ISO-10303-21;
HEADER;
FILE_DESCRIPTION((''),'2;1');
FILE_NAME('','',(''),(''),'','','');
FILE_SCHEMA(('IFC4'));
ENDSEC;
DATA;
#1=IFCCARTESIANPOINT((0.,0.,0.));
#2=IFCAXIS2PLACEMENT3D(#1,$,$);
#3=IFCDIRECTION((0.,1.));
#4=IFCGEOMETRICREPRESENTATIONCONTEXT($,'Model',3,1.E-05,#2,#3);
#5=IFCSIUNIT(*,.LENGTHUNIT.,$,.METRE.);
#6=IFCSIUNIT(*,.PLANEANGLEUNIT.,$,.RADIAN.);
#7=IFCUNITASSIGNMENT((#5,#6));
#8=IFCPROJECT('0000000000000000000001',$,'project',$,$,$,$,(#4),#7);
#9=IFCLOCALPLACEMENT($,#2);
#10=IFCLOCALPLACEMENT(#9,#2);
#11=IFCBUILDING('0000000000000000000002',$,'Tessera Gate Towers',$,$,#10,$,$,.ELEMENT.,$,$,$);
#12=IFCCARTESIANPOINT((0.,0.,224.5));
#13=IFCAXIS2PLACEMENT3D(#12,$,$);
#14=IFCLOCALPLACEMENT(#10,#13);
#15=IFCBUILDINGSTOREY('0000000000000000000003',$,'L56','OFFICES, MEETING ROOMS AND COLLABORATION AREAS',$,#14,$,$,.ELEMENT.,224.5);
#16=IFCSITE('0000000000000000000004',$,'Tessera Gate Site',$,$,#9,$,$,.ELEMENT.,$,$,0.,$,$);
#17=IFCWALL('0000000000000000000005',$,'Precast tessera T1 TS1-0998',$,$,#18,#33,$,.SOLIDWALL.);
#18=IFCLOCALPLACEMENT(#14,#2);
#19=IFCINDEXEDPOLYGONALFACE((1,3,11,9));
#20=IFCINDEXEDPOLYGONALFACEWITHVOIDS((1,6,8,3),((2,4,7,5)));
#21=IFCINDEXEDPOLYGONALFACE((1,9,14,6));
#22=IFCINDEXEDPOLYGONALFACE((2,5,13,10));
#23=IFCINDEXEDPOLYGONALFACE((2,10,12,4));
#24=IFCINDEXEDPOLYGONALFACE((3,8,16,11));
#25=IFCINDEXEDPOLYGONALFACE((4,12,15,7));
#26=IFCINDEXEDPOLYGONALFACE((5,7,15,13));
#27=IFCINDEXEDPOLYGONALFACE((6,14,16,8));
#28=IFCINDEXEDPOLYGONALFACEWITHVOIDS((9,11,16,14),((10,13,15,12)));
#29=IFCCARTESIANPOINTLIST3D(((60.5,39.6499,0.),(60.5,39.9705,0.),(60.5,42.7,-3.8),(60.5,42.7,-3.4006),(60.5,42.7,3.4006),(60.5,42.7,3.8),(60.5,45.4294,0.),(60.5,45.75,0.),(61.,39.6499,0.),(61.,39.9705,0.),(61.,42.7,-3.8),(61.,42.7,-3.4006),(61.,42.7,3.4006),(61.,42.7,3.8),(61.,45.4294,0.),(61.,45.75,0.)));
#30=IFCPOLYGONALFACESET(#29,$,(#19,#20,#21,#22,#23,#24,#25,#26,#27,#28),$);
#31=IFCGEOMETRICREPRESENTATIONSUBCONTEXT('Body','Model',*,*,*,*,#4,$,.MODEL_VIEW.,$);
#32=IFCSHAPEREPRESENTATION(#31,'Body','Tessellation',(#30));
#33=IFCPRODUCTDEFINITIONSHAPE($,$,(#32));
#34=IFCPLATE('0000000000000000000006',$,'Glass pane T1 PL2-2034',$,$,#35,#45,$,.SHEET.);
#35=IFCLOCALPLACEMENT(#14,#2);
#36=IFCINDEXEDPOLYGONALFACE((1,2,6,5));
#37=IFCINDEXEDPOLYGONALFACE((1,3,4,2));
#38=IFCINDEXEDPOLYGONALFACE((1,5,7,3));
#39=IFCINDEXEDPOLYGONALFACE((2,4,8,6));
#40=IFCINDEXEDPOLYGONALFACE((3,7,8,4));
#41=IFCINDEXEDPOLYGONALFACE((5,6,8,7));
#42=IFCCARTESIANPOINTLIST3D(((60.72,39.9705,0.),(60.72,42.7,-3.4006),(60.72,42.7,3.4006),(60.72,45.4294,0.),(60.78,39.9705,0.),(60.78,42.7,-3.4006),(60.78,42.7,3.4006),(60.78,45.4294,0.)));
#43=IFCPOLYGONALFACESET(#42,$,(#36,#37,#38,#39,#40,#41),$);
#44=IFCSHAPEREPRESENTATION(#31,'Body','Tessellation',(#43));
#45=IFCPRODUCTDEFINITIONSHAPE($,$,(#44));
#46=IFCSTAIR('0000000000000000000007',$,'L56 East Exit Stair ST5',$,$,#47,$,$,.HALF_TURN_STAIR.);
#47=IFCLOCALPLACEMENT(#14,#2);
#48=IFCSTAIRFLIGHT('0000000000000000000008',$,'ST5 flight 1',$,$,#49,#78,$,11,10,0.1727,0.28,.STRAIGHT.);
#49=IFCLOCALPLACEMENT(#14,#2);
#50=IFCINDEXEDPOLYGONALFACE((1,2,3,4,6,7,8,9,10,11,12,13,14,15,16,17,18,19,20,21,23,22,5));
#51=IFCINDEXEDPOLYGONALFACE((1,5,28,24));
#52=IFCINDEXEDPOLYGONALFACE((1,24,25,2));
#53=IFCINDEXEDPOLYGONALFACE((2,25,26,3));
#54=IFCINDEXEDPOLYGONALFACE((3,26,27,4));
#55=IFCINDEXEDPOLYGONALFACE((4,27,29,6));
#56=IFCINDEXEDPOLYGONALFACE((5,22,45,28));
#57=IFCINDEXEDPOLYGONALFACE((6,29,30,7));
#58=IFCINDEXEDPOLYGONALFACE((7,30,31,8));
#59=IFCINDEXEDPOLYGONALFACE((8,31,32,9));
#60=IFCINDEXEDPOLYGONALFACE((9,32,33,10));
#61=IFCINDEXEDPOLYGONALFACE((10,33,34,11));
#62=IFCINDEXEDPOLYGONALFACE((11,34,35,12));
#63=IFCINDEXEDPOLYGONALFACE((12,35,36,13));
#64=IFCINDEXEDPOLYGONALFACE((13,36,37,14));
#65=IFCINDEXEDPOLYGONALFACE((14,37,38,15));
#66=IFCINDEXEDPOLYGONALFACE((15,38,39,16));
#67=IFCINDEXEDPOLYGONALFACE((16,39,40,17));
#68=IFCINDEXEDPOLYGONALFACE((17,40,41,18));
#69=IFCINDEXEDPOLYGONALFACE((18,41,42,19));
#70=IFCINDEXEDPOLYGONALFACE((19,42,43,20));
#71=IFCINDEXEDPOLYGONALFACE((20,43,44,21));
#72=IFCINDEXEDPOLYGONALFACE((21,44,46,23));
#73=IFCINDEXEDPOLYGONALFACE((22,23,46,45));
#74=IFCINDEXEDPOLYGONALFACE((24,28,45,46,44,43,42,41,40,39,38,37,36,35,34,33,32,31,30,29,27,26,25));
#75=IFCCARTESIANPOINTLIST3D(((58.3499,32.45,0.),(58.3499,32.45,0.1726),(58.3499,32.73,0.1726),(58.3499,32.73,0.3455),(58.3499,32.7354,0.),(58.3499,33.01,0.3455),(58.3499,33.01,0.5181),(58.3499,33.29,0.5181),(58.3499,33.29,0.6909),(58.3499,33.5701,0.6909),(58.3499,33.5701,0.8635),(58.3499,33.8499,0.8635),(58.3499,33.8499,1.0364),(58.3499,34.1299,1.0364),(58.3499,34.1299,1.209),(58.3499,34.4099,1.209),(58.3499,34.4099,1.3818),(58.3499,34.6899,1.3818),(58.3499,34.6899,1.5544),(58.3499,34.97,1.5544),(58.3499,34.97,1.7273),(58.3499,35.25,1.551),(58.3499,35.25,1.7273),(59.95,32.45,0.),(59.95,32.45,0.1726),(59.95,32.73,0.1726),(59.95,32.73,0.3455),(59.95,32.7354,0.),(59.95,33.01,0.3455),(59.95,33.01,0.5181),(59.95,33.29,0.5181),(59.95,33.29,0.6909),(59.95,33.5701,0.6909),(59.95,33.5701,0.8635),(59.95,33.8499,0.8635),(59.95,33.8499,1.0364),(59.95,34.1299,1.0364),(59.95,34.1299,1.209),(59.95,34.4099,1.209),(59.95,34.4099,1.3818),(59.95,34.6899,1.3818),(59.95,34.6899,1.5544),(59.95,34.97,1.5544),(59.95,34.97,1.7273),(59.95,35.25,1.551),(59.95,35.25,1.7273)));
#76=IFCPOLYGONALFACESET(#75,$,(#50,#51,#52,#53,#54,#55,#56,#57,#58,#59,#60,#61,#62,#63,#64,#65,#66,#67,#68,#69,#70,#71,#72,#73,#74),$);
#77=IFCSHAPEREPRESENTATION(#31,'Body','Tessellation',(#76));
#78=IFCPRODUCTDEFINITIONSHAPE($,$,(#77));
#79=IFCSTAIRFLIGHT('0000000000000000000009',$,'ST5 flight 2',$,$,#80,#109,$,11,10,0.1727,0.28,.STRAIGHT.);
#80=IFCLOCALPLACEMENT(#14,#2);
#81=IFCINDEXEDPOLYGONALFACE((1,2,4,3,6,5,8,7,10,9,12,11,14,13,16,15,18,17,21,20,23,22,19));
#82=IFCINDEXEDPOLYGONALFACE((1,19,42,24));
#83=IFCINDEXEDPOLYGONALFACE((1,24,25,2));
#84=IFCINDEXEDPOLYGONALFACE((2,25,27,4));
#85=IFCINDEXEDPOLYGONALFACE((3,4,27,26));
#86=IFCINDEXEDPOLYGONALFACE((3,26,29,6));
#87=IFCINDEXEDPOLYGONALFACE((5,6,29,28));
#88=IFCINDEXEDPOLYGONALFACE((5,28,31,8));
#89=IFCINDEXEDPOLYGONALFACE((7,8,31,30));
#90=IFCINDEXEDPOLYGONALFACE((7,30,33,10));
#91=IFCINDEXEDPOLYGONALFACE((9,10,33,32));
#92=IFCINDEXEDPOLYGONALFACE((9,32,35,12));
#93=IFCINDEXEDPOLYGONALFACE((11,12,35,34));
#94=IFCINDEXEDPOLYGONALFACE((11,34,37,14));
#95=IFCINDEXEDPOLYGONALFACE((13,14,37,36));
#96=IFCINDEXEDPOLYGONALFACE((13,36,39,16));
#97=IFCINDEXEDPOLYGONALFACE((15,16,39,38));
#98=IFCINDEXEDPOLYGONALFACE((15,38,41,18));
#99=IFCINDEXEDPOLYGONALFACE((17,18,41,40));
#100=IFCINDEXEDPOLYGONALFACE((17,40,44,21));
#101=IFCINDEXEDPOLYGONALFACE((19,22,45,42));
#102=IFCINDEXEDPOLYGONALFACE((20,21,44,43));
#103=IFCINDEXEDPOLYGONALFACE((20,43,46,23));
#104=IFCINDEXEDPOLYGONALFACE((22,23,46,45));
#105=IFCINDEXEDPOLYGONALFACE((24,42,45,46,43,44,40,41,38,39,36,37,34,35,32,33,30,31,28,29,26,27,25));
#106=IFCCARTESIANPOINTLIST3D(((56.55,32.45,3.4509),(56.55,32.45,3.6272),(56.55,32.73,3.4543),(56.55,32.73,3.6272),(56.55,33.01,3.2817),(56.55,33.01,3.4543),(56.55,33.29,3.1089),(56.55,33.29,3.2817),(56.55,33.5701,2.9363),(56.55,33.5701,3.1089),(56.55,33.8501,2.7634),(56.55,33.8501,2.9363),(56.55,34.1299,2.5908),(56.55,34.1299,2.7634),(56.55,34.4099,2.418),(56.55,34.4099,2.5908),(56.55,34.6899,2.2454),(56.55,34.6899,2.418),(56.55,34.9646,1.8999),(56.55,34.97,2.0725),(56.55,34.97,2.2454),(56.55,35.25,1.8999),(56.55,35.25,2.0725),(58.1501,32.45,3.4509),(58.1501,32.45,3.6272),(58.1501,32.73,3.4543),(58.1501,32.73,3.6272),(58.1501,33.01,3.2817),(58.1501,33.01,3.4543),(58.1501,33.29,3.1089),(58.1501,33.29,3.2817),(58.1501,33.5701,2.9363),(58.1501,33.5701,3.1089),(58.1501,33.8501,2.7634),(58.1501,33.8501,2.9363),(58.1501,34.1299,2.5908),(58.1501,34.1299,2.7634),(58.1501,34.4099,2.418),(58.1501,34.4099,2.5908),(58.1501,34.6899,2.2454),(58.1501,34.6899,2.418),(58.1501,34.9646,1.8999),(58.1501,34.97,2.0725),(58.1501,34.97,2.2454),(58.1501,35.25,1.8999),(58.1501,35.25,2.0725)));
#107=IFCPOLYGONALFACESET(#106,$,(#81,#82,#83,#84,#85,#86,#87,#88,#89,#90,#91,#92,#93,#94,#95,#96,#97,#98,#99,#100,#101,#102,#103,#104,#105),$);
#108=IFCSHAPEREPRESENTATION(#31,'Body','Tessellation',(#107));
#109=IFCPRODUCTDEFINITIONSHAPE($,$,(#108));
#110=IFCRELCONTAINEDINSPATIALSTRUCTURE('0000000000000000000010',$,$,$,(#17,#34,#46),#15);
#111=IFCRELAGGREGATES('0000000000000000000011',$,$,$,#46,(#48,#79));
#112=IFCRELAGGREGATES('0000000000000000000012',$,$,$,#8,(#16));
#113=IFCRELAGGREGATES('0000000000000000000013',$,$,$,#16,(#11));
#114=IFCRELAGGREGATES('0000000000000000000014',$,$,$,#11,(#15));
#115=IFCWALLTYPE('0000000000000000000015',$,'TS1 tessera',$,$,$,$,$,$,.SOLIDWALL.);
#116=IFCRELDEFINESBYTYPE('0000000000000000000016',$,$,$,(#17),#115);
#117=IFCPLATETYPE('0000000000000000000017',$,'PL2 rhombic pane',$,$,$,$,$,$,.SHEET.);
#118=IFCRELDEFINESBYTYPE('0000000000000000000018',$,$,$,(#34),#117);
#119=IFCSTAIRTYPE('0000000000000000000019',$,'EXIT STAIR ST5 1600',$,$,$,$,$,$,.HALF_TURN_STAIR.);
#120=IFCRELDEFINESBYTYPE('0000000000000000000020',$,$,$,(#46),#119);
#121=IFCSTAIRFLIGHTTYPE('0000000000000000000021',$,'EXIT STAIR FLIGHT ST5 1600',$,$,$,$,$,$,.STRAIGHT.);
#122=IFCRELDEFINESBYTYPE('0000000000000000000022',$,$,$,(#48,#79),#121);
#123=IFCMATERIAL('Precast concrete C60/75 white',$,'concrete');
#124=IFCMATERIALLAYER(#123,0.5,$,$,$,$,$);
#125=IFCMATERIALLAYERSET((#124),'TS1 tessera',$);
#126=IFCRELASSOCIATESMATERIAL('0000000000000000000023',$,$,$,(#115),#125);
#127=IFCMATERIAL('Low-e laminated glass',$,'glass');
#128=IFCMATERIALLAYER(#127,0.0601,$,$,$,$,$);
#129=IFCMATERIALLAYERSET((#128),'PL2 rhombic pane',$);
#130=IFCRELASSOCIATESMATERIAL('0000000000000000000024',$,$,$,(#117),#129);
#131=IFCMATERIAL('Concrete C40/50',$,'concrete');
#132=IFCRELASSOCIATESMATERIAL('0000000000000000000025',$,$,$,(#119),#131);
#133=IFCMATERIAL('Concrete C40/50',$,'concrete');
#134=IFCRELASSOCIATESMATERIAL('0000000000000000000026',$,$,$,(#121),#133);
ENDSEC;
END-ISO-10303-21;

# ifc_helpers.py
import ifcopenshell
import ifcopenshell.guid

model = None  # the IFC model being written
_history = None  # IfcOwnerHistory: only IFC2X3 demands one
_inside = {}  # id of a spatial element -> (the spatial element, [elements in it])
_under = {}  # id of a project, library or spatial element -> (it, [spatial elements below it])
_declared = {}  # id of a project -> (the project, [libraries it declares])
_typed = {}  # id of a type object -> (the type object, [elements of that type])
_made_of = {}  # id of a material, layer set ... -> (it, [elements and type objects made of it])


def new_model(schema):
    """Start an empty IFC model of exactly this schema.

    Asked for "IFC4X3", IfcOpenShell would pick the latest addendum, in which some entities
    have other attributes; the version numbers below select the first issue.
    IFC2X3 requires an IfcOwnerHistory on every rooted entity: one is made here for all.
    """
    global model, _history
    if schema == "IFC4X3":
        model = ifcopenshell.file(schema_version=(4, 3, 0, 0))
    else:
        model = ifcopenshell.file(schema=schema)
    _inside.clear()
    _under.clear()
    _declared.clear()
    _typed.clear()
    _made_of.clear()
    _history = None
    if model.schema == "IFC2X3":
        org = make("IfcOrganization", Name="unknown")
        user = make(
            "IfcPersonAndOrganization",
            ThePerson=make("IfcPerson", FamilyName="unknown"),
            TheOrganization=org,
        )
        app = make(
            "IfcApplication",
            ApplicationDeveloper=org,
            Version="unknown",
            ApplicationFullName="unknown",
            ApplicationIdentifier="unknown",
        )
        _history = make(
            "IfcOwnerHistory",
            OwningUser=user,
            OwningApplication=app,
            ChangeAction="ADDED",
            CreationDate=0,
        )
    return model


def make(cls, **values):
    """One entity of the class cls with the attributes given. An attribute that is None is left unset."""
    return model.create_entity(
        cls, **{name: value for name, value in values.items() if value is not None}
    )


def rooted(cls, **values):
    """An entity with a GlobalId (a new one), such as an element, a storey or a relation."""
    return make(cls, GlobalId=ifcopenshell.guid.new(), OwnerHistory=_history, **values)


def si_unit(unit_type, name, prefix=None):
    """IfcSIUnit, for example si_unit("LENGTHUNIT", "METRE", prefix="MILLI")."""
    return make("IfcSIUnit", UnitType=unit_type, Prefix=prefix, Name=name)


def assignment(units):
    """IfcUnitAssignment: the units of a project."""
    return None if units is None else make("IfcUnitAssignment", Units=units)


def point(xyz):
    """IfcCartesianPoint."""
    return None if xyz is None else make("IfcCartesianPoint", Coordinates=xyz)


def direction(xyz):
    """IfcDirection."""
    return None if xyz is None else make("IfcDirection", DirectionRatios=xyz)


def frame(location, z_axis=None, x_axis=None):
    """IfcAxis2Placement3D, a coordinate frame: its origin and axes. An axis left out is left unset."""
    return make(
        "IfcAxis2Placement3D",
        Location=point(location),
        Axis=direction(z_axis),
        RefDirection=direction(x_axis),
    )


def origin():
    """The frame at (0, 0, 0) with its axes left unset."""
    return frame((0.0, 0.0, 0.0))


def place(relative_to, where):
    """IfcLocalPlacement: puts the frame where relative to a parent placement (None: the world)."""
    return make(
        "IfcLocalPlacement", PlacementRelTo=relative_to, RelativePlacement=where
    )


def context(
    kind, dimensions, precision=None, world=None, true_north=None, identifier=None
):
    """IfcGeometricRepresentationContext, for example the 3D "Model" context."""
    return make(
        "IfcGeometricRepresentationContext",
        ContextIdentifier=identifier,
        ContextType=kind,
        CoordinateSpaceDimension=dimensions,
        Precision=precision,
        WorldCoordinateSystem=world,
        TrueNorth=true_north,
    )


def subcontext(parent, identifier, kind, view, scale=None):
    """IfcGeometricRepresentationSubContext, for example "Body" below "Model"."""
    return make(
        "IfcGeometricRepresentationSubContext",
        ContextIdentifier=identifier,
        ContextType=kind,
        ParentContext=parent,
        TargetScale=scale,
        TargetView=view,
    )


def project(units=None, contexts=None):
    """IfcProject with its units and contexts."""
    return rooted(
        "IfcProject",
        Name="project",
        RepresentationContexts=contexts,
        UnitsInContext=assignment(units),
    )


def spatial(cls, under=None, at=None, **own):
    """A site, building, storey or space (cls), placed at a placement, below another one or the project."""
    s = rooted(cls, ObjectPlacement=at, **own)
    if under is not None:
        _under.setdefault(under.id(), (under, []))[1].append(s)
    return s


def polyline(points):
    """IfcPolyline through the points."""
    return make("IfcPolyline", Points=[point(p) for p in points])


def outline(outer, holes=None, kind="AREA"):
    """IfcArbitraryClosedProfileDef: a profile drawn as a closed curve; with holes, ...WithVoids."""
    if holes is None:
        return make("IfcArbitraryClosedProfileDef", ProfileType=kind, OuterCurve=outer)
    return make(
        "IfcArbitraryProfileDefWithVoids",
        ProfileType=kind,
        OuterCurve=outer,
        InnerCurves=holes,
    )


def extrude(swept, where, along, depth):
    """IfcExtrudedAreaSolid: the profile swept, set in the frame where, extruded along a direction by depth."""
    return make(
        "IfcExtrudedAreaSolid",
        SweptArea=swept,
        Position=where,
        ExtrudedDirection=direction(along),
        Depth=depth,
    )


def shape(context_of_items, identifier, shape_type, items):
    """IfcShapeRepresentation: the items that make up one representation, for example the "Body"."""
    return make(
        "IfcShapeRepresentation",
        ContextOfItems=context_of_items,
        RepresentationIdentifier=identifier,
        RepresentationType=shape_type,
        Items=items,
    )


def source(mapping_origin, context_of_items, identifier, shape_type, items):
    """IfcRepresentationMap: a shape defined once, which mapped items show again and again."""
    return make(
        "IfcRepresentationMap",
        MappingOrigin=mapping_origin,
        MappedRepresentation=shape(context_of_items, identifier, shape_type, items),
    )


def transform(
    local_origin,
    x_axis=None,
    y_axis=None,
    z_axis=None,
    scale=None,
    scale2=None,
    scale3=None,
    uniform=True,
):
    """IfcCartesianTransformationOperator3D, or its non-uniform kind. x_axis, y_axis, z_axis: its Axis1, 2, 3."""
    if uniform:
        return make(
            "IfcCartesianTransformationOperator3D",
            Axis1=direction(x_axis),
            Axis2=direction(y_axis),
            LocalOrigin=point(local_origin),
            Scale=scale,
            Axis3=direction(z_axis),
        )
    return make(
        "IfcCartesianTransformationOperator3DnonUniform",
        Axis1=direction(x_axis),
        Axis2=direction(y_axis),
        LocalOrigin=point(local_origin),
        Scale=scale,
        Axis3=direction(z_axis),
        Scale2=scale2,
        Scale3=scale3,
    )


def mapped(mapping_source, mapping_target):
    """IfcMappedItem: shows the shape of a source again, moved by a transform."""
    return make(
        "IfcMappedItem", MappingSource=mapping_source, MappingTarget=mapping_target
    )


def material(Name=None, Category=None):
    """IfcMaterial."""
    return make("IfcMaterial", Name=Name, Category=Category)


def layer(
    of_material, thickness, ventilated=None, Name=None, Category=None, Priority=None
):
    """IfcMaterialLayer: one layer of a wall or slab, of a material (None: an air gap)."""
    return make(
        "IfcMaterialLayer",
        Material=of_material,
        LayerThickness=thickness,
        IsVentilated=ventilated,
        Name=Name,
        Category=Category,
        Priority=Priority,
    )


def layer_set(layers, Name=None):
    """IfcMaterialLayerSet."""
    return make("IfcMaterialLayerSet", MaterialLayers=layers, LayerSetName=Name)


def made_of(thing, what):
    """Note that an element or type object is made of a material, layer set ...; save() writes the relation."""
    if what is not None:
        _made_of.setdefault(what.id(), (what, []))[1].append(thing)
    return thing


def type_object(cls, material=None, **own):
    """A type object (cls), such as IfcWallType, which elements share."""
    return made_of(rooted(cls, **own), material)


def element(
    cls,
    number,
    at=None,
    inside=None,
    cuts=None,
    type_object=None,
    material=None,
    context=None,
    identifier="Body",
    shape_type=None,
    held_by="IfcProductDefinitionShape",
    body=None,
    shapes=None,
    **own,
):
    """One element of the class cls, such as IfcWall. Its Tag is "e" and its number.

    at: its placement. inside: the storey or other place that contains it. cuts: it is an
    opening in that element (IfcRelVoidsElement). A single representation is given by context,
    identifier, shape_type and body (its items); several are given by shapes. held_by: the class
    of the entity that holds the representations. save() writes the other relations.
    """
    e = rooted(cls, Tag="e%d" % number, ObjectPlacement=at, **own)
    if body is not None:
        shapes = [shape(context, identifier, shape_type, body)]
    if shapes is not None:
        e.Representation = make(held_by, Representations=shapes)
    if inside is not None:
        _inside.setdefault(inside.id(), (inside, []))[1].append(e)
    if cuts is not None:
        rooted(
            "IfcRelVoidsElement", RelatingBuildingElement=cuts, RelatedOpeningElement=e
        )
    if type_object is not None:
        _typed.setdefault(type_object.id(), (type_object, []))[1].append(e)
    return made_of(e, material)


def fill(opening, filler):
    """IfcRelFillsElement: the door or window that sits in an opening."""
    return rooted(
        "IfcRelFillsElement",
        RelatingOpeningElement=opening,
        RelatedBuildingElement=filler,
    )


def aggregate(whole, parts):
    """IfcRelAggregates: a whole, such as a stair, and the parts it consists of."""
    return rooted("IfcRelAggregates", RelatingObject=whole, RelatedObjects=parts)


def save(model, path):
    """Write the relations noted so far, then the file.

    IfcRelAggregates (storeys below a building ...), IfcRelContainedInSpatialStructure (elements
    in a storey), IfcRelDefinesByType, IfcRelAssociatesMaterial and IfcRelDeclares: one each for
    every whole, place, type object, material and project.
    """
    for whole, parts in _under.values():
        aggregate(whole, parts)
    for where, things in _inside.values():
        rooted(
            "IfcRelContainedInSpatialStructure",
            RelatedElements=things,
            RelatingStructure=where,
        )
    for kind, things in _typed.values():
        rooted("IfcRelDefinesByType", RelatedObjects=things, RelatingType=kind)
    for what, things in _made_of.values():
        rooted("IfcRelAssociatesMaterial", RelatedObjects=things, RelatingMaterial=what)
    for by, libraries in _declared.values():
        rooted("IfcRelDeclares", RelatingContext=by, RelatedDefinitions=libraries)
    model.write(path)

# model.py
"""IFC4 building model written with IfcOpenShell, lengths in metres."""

from ifc_helpers import new_model, si_unit, direction, frame, origin, place, context, subcontext, project, spatial, polyline, outline, extrude, source, transform, mapped, material, layer, layer_set, type_object, element, fill, aggregate, save


model = new_model("IFC4")

# Units and contexts
model_context = context("Model", 3, precision=1e-05, world=origin(), true_north=direction((0.0, 1.0)))
body_context = subcontext(model_context, "Body", "Model", "MODEL_VIEW")
ifc_project = project(units=[si_unit("LENGTHUNIT", "METRE"), si_unit("PLANEANGLEUNIT", "RADIAN")], contexts=[model_context])

# Site, building, storey
site_placement = place(None, origin())
site = spatial("IfcSite", under=ifc_project, at=site_placement, Name="Tessera Gate Site", CompositionType="ELEMENT", RefElevation=0.0)
building_placement = place(site_placement, origin())
building = spatial("IfcBuilding", under=site, at=building_placement, Name="Tessera Gate Towers", CompositionType="ELEMENT")
storey_placement = place(building_placement, frame((0.0, 0.0, 224.5)))
storey = spatial("IfcBuildingStorey", under=building, at=storey_placement, Name="L56", Description="OFFICES, MEETING ROOMS AND COLLABORATION AREAS", CompositionType="ELEMENT", Elevation=224.5)

# Wall, opening, plate
ifc_material_1 = material(Name="Precast concrete C60/75 white", Category="concrete")
ifc_layer_1 = layer(ifc_material_1, 0.5)
ifc_layer_set_1 = layer_set([ifc_layer_1], Name="TS1 tessera")
wall_type_1 = type_object("IfcWallType", Name="TS1 tessera", PredefinedType="SOLIDWALL", material=ifc_layer_set_1)
shared_shape_1 = source(origin(), body_context, "Body", "SweptSolid", [
    extrude(outline(polyline([(3.05, 0.0), (6.1001, 3.8), (3.05, 7.6001), (0.0, 3.8), (3.05, 0.0)])), frame((0.0, 0.25, 0.0), z_axis=(0.0, -1.0, 0.0), x_axis=(1.0, 0.0, 0.0)), (0.0, 0.0, 1.0), 0.5),
])
wall_1_placement = place(storey_placement, frame((60.75, 39.6499, -3.8), z_axis=(0.0, 0.0, 1.0), x_axis=(0.0, 1.0, 0.0)))
wall_1 = element("IfcWall", 1, at=wall_1_placement, inside=storey, type_object=wall_type_1, Name="Precast tessera T1 TS1-0998", PredefinedType="SOLIDWALL", context=body_context, shape_type="MappedRepresentation", body=[
    mapped(shared_shape_1, transform((0.0, 0.0, 0.0), scale=1.0)),
])
shared_shape_2 = source(origin(), body_context, "Body", "SweptSolid", [
    extrude(outline(polyline([(3.05, 0.3994), (5.7795, 3.8), (3.05, 7.2007), (0.3206, 3.8), (3.05, 0.3994)])), frame((0.0, 0.26, 0.0), z_axis=(0.0, -1.0, 0.0), x_axis=(1.0, 0.0, 0.0)), (0.0, 0.0, 1.0), 0.52),
])
opening_1_placement = place(wall_1_placement, origin())
opening_1 = element("IfcOpeningElement", 2, at=opening_1_placement, cuts=wall_1, PredefinedType="OPENING", context=body_context, shape_type="MappedRepresentation", body=[
    mapped(shared_shape_2, transform((0.0, 0.0, 0.0), scale=1.0)),
])
ifc_material_2 = material(Name="Low-e laminated glass", Category="glass")
ifc_layer_2 = layer(ifc_material_2, 0.0601)
ifc_layer_set_2 = layer_set([ifc_layer_2], Name="PL2 rhombic pane")
plate_type = type_object("IfcPlateType", Name="PL2 rhombic pane", PredefinedType="SHEET", material=ifc_layer_set_2)
shared_shape_3 = source(origin(), body_context, "Body", "SweptSolid", [
    extrude(outline(polyline([(3.05, 0.3994), (5.7795, 3.8), (3.05, 7.2007), (0.3206, 3.8), (3.05, 0.3994)])), frame((0.0, 0.03, 0.0), z_axis=(0.0, -1.0, 0.0), x_axis=(1.0, 0.0, 0.0)), (0.0, 0.0, 1.0), 0.0601),
])
plate_placement = place(opening_1_placement, origin())
plate = element("IfcPlate", 3, at=plate_placement, inside=storey, type_object=plate_type, Name="Glass pane T1 PL2-2034", PredefinedType="SHEET", context=body_context, shape_type="MappedRepresentation", body=[
    mapped(shared_shape_3, transform((0.0, 0.0, 0.0), scale=1.0)),
])
fill(opening_1, plate)

# Stair, stair flights
ifc_material_3 = material(Name="Concrete C40/50", Category="concrete")
stair_type = type_object("IfcStairType", Name="EXIT STAIR ST5 1600", PredefinedType="HALF_TURN_STAIR", material=ifc_material_3)
stair_placement = place(storey_placement, origin())
stair = element("IfcStair", 4, at=stair_placement, inside=storey, type_object=stair_type, Name="L56 East Exit Stair ST5", PredefinedType="HALF_TURN_STAIR")
ifc_material_4 = material(Name="Concrete C40/50", Category="concrete")
stair_flight_type = type_object("IfcStairFlightType", Name="EXIT STAIR FLIGHT ST5 1600", PredefinedType="STRAIGHT", material=ifc_material_4)
stair_flight_1_placement = place(storey_placement, frame((59.1499, 32.45, 0.0), z_axis=(0.0, 0.0, 1.0), x_axis=(0.0, 1.0, 0.0)))
stair_flight_1 = element("IfcStairFlight", 5, at=stair_flight_1_placement, type_object=stair_flight_type, Name="ST5 flight 1", NumberOfRisers=11, NumberOfTreads=10, PredefinedType="STRAIGHT", RiserHeight=0.1727, TreadLength=0.28, context=body_context, shape_type="SweptSolid", body=[
    extrude(outline(polyline([(0.0, 0.0), (0.0, 0.1726), (0.28, 0.1726), (0.28, 0.3455), (0.5601, 0.3455), (0.5601, 0.5181), (0.8401, 0.5181), (0.8401, 0.6909), (1.1201, 0.6909), (1.1201, 0.8635), (1.3999, 0.8635), (1.3999, 1.0364), (1.6799, 1.0364), (1.6799, 1.209), (1.96, 1.209), (1.96, 1.3818), (2.24, 1.3818), (2.24, 1.5544), (2.52, 1.5544), (2.52, 1.7273), (2.8, 1.7273), (2.8, 1.8999), (2.8, 1.551), (0.2854, 0.0), (0.0, 0.0)])), frame((0.0, 0.8, 0.0), z_axis=(0.0, -1.0, 0.0), x_axis=(1.0, 0.0, 0.0)), (0.0, 0.0, 1.0), 1.6001),
])
stair_flight_2_placement = place(storey_placement, frame((57.3501, 35.25, 1.8999), z_axis=(0.0, 0.0, 1.0), x_axis=(0.0, -1.0, 0.0)))
stair_flight_2 = element("IfcStairFlight", 6, at=stair_flight_2_placement, type_object=stair_flight_type, Name="ST5 flight 2", NumberOfRisers=11, NumberOfTreads=10, PredefinedType="STRAIGHT", RiserHeight=0.1727, TreadLength=0.28, context=body_context, shape_type="SweptSolid", body=[
    extrude(outline(polyline([(0.0, 0.0), (0.0, 0.1726), (0.28, 0.1726), (0.28, 0.3455), (0.5601, 0.3455), (0.5601, 0.5181), (0.8401, 0.5181), (0.8401, 0.6909), (1.1201, 0.6909), (1.1201, 0.8635), (1.3999, 0.8635), (1.3999, 1.0364), (1.6799, 1.0364), (1.6799, 1.209), (1.96, 1.209), (1.96, 1.3818), (2.24, 1.3818), (2.24, 1.5544), (2.52, 1.5544), (2.52, 1.7273), (2.8, 1.7273), (2.8, 1.8999), (2.8, 1.551), (0.2854, 0.0), (0.0, 0.0)])), frame((0.0, 0.8, 0.0), z_axis=(0.0, -1.0, 0.0), x_axis=(1.0, 0.0, 0.0)), (0.0, 0.0, 1.0), 1.6001),
])
aggregate(stair, [stair_flight_1, stair_flight_2])

save(model, "model.ifc")
